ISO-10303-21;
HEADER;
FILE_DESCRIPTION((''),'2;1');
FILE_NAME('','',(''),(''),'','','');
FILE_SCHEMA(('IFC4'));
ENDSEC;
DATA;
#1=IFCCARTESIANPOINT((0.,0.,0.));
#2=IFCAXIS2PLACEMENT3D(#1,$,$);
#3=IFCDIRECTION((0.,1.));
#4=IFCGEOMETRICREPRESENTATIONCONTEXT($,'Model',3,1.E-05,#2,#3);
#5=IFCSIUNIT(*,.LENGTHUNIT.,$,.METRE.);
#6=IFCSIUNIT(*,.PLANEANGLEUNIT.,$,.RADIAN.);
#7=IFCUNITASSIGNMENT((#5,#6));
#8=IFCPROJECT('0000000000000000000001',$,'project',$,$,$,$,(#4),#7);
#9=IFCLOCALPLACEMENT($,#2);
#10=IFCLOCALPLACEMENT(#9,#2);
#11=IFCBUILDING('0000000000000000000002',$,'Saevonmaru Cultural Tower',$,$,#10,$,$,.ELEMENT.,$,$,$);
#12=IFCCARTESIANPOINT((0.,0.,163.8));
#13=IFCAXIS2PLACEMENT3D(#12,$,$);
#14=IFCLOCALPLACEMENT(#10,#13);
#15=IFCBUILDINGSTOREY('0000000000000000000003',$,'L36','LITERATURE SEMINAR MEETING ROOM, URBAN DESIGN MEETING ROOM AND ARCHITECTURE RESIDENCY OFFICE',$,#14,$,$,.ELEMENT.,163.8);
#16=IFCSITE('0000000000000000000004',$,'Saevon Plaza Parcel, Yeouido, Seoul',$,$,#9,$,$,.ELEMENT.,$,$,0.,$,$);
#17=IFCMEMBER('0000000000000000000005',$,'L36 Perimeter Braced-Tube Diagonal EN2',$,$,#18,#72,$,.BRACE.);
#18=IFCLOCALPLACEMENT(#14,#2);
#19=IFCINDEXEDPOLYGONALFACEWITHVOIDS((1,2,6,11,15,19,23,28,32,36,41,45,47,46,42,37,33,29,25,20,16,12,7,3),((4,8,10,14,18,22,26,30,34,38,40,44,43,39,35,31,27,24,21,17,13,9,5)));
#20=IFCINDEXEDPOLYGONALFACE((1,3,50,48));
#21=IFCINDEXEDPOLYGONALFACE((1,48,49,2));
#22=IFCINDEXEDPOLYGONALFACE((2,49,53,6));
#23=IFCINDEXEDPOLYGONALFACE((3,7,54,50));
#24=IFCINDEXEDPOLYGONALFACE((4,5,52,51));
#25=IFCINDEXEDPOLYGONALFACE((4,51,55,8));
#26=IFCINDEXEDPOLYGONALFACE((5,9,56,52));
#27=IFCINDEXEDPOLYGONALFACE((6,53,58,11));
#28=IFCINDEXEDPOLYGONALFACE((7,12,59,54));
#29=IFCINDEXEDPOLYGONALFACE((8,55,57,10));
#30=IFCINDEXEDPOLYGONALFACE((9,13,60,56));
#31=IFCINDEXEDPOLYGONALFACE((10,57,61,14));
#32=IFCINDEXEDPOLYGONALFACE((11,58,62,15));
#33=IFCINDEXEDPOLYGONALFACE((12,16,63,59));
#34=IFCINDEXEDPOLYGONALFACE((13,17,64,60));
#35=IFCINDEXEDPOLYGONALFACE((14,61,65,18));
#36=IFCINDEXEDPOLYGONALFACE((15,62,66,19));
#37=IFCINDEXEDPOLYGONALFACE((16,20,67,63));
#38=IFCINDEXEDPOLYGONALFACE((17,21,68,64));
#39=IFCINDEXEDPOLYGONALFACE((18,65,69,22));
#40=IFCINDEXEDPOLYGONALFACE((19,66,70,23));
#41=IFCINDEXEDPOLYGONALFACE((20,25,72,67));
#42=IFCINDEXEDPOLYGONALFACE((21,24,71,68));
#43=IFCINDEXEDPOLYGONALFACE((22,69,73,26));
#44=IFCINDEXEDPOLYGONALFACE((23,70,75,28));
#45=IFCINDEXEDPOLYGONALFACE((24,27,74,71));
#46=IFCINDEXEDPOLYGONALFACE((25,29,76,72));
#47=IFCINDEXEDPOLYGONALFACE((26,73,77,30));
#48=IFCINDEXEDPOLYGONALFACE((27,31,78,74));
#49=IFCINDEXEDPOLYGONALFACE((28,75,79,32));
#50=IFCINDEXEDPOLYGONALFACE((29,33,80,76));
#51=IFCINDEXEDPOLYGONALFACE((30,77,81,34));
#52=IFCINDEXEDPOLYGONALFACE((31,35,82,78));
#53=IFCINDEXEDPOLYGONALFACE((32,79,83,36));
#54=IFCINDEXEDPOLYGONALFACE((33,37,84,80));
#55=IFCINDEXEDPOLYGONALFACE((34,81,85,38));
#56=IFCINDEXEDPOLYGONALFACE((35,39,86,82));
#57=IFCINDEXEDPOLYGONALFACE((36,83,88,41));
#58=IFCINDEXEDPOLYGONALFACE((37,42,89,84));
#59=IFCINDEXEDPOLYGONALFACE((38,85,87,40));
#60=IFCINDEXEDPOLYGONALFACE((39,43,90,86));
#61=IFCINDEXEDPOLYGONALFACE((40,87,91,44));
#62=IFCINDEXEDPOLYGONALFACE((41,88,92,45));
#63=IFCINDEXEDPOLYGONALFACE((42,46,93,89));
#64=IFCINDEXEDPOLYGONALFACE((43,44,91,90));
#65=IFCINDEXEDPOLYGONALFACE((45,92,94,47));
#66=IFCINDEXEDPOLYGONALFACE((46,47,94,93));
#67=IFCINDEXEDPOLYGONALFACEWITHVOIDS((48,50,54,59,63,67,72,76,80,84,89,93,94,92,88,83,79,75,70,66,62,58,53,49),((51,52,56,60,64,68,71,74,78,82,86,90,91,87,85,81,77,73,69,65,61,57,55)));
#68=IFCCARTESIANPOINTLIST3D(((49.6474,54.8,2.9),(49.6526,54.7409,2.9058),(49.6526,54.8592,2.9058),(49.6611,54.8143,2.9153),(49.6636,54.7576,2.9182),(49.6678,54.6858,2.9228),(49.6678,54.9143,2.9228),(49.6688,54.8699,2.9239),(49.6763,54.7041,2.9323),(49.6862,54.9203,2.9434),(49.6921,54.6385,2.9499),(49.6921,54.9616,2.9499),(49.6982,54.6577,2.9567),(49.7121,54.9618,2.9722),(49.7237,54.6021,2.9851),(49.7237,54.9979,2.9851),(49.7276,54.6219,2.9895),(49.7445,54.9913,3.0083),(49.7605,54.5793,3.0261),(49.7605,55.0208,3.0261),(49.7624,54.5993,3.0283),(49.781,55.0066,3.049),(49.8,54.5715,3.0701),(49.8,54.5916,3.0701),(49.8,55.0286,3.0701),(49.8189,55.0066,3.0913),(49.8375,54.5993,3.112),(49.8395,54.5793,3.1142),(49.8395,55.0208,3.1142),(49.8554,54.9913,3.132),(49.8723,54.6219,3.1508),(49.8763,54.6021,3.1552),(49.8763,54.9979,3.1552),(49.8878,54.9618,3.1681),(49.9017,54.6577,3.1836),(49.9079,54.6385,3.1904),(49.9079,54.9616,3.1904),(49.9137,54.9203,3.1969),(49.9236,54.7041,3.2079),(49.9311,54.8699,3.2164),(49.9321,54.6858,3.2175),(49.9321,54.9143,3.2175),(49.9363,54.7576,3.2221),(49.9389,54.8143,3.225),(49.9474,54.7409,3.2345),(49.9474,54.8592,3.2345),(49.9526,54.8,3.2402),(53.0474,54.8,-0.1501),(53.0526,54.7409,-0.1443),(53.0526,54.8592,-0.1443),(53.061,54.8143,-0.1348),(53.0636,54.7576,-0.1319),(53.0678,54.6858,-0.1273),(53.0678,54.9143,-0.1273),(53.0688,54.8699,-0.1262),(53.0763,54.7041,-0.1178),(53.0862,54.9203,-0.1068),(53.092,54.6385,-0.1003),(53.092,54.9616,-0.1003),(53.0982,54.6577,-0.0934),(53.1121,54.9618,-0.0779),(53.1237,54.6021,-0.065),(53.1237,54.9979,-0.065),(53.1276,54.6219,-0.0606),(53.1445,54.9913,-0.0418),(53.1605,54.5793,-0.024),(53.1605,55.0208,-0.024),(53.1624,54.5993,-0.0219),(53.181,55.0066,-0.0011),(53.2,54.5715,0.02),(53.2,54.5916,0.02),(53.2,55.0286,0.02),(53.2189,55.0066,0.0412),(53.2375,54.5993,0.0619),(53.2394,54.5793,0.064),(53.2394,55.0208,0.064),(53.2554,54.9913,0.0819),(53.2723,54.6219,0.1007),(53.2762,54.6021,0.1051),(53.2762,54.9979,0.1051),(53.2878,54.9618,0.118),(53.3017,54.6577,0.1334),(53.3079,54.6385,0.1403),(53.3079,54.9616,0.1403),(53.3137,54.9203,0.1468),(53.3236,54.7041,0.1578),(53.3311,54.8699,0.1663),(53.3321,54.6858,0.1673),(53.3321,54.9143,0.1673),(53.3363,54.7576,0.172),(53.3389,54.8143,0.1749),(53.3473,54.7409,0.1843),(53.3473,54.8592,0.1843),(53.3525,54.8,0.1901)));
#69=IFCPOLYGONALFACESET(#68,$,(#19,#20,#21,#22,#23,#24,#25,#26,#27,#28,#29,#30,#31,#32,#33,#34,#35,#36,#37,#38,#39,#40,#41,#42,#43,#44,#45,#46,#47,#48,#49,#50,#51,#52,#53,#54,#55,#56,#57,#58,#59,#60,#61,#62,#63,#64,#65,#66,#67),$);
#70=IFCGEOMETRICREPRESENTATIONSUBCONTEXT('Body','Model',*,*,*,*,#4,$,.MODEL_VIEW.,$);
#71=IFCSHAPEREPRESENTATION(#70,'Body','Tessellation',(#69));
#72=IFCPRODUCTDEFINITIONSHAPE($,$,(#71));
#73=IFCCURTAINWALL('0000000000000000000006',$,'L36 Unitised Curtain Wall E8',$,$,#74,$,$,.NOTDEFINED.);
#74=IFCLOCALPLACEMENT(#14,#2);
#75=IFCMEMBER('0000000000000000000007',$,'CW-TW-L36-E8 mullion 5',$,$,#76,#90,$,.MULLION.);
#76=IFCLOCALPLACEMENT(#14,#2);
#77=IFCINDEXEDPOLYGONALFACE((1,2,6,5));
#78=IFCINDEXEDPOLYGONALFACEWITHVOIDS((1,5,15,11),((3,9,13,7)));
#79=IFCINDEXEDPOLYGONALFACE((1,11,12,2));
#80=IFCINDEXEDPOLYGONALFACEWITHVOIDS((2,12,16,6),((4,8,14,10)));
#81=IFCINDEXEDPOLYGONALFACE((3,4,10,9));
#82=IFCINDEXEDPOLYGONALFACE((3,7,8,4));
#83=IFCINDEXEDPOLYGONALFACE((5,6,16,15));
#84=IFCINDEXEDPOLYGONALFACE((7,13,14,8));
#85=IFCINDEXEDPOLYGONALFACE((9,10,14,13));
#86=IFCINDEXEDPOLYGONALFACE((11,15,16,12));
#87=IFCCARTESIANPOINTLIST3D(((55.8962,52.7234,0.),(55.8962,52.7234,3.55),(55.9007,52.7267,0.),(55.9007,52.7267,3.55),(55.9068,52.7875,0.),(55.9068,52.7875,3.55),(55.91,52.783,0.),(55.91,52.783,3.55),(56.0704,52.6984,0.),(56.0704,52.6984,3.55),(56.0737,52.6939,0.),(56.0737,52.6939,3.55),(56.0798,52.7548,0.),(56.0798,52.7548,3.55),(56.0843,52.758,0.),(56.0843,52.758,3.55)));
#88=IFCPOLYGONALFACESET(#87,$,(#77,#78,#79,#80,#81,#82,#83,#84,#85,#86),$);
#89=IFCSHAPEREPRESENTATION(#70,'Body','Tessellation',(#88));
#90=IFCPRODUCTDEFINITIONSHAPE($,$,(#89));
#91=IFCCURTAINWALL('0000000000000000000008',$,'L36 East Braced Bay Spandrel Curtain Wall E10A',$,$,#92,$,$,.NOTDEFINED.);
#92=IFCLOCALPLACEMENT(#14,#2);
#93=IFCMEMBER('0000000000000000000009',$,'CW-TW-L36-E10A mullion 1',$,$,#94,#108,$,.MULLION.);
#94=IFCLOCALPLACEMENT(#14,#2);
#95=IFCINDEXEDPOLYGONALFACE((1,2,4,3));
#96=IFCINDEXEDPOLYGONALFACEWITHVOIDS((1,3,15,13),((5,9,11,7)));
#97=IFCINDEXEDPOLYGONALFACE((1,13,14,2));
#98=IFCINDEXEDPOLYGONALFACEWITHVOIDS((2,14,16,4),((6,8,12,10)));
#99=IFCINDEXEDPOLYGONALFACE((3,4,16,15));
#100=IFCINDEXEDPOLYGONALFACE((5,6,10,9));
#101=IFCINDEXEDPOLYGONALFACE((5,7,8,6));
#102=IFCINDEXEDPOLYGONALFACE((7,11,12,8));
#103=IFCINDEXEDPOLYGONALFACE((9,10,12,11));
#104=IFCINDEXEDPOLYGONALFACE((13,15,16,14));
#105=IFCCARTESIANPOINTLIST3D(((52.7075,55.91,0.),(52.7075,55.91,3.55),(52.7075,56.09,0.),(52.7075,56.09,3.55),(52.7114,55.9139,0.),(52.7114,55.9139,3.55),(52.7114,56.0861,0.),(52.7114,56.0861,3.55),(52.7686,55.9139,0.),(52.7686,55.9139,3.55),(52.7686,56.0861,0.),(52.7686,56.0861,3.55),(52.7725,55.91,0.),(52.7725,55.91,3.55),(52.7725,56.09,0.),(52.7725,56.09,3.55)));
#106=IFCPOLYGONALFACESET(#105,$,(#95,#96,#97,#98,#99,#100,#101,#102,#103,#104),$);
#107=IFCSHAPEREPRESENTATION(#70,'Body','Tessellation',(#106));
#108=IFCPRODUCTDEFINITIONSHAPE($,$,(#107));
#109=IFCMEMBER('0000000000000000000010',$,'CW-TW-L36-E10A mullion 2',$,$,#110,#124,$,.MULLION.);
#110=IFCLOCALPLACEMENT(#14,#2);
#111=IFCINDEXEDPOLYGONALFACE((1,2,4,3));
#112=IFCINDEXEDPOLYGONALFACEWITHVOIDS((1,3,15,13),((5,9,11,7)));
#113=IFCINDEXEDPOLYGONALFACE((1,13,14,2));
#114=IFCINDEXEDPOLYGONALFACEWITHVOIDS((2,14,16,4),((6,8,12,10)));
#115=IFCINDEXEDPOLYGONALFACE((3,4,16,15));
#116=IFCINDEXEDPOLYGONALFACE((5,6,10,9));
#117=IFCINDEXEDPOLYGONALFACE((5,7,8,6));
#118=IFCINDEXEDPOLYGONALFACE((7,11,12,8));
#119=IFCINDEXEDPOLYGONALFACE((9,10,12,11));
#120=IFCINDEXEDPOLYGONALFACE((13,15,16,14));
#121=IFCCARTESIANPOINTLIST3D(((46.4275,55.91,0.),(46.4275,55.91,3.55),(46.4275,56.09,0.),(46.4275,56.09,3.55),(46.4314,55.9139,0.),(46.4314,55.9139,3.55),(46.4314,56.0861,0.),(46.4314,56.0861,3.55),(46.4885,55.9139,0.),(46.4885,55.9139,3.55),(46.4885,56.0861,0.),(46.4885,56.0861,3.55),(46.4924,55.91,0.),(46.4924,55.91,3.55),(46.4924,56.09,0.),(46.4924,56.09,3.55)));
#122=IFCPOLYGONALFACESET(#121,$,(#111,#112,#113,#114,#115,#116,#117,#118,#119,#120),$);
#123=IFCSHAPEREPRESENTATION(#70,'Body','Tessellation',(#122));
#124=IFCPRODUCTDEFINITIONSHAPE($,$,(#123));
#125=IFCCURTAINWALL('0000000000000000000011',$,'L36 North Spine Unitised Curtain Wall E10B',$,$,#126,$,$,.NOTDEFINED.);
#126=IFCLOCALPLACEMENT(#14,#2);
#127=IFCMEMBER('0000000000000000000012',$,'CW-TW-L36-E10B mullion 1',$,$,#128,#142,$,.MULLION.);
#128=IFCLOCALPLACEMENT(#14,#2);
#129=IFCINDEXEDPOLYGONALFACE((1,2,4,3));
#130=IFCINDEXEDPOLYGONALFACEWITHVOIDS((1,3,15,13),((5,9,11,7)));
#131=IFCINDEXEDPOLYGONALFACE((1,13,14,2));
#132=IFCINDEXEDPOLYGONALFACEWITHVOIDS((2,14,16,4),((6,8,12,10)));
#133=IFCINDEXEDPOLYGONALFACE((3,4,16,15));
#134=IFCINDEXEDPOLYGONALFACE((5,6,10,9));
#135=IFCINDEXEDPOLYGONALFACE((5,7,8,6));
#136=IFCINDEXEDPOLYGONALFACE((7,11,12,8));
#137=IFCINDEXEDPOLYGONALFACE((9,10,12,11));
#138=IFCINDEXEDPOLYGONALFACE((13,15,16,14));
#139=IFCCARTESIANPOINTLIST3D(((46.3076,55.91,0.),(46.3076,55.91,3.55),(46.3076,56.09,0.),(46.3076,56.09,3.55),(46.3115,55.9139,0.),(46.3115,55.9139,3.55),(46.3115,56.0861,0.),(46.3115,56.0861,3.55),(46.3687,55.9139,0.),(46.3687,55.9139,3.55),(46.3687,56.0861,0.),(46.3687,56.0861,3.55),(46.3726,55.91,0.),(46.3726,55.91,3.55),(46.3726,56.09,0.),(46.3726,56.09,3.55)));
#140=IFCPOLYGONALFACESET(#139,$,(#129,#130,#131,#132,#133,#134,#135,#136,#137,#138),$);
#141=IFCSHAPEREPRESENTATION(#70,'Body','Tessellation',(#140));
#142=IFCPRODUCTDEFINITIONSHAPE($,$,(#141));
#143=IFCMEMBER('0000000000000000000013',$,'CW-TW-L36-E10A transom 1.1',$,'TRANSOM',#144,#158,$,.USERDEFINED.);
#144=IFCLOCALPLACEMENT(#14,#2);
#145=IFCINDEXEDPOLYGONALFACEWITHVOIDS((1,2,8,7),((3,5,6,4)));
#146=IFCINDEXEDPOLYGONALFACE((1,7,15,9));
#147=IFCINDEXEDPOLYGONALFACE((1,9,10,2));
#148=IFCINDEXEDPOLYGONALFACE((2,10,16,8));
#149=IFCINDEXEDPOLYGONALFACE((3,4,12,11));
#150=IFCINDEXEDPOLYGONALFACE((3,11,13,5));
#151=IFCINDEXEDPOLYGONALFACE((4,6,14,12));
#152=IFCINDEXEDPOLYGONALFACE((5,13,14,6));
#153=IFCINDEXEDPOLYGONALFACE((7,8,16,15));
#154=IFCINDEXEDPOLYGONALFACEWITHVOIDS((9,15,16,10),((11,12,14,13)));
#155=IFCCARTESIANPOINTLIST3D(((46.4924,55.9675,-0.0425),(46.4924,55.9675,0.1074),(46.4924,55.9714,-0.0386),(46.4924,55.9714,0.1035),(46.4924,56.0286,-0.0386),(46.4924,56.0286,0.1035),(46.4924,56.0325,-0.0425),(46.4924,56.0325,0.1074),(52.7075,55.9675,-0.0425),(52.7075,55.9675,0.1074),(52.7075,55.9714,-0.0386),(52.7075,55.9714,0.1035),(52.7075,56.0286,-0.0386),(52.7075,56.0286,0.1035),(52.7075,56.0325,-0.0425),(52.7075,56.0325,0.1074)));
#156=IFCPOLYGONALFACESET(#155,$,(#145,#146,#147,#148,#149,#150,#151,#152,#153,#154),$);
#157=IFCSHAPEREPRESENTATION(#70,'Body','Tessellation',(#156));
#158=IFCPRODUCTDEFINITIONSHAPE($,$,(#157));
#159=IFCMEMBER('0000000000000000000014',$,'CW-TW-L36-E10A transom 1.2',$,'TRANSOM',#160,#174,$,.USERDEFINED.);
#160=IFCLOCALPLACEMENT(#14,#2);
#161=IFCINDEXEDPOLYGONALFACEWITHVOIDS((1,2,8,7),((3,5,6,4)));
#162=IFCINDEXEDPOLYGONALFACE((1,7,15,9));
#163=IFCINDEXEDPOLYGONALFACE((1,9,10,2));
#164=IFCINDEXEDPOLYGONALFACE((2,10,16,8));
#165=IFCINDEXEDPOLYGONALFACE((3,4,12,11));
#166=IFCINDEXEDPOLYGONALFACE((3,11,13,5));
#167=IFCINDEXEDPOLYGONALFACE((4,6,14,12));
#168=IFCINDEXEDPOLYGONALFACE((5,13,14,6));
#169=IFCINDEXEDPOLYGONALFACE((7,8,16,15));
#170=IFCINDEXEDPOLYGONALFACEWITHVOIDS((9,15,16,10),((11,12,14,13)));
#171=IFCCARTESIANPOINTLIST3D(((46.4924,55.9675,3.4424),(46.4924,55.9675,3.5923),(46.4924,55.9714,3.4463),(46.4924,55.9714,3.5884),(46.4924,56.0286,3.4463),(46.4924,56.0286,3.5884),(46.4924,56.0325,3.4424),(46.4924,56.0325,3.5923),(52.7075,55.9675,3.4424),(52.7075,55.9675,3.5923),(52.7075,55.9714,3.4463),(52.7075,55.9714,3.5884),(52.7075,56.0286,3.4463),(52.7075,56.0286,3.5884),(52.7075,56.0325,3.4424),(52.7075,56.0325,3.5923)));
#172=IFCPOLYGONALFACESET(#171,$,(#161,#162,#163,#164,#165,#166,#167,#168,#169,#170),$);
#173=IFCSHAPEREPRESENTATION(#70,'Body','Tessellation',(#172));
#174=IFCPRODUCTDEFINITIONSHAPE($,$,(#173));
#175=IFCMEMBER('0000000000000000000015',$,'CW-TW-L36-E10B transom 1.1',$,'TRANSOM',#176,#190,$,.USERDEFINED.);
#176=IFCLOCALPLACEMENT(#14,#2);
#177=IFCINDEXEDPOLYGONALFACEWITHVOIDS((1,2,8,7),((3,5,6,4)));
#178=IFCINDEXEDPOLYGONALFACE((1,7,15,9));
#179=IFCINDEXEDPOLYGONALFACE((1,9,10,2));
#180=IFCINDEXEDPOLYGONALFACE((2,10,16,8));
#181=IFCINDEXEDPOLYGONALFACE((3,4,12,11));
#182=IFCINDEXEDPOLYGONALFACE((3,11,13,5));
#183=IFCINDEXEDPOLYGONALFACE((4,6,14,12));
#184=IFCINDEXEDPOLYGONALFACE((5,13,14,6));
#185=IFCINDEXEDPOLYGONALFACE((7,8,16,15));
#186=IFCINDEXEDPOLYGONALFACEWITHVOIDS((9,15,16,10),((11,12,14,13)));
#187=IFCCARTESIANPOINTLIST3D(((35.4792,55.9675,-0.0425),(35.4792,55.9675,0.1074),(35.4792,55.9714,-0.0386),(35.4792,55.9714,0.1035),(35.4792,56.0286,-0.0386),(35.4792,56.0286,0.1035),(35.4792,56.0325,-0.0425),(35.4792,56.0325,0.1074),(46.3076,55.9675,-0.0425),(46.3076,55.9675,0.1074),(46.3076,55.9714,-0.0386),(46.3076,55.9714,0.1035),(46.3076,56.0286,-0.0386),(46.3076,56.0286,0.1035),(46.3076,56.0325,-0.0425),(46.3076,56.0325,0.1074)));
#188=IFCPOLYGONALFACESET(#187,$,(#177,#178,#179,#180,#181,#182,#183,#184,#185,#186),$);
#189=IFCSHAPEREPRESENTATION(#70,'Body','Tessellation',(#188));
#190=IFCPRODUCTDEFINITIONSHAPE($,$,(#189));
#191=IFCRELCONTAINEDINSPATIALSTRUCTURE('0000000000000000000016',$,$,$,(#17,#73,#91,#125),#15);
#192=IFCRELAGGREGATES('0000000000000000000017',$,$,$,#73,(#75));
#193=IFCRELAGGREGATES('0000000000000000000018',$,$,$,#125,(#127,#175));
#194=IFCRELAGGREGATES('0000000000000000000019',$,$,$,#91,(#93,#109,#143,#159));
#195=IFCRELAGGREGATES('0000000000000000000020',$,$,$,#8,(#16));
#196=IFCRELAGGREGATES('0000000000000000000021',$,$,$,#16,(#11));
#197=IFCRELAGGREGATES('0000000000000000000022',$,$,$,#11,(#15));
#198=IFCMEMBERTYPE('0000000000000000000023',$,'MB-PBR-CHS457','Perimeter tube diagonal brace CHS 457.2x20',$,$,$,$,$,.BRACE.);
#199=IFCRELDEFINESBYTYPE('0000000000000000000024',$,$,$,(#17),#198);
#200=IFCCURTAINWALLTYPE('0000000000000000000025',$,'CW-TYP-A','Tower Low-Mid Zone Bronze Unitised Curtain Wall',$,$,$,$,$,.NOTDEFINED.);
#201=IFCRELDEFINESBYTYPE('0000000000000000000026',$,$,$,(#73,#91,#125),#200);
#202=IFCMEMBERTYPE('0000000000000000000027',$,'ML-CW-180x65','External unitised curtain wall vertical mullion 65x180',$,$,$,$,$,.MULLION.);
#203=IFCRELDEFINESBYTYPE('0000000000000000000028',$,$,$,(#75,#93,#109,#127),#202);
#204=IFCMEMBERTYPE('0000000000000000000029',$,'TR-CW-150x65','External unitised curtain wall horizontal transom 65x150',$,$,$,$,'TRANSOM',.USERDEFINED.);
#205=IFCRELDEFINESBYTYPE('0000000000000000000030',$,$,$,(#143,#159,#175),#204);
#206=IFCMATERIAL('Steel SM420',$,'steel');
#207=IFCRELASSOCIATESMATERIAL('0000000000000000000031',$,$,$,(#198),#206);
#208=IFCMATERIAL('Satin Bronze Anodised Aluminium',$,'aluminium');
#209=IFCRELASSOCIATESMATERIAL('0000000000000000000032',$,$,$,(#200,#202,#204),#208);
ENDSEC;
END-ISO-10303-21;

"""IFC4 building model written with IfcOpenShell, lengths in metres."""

from ifc_helpers import new_model, si_unit, direction, frame, origin, origin_2d, place, context, subcontext, project, spatial, hollow_rectangle, hollow_circle, extrude, material, material_profile, profile_set, type_object, element, aggregate, save


model = new_model("IFC4")

# Units and contexts
model_context = context("Model", 3, precision=1e-05, world=origin(), true_north=direction((0.0, 1.0)))
body_context = subcontext(model_context, "Body", "Model", "MODEL_VIEW")
ifc_project = project(units=[si_unit("LENGTHUNIT", "METRE"), si_unit("PLANEANGLEUNIT", "RADIAN")], contexts=[model_context])

# Site, building, storey
site_placement = place(None, origin())
site = spatial("IfcSite", under=ifc_project, at=site_placement, Name="Saevon Plaza Parcel, Yeouido, Seoul", CompositionType="ELEMENT", RefElevation=0.0)
building_placement = place(site_placement, origin())
building = spatial("IfcBuilding", under=site, at=building_placement, Name="Saevonmaru Cultural Tower", CompositionType="ELEMENT")
storey_placement = place(building_placement, frame((0.0, 0.0, 163.8)))
storey = spatial("IfcBuildingStorey", under=building, at=storey_placement, Name="L36", Description="LITERATURE SEMINAR MEETING ROOM, URBAN DESIGN MEETING ROOM AND ARCHITECTURE RESIDENCY OFFICE", CompositionType="ELEMENT", Elevation=163.8)

# Shared definitions
ifc_material_1 = material(Name="Steel SM420", Category="steel")

# Member
ifc_material_profile_1 = material_profile(ifc_material_1, hollow_circle(Radius=0.2285, WallThickness=0.02, at=origin_2d()), Name="CHS-457.2x20")
ifc_profile_set_1 = profile_set([ifc_material_profile_1], Name="Steel SM420")
member_type_1 = type_object("IfcMemberType", Name="MB-PBR-CHS457", Description="Perimeter tube diagonal brace CHS 457.2x20", PredefinedType="BRACE", material=ifc_profile_set_1)
for number, where, z_axis, x_axis, name in (
    (1, (53.2, 54.8, 0.02), (-0.744367, 0.0, 0.667771), (0.0, -1.0, 0.0), "L36 Perimeter Braced-Tube Diagonal EN2"),
):
    element("IfcMember", number, at=place(storey_placement, frame(where, z_axis=z_axis, x_axis=x_axis)), inside=storey, type_object=member_type_1, Name=name, PredefinedType="BRACE", context=body_context, shape_type="SweptSolid", body=[
        extrude(hollow_circle(Radius=0.2285, WallThickness=0.02, at=origin_2d()), origin(), (0.0, 0.0, 1.0), 4.5676),
    ])

# Curtain wall, member
ifc_material_2 = material(Name="Satin Bronze Anodised Aluminium", Category="aluminium")
curtain_wall_type = type_object("IfcCurtainWallType", Name="CW-TYP-A", Description="Tower Low-Mid Zone Bronze Unitised Curtain Wall", PredefinedType="NOTDEFINED", material=ifc_material_2)
curtain_wall_1_placement = place(storey_placement, origin())
curtain_wall_1 = element("IfcCurtainWall", 2, at=curtain_wall_1_placement, inside=storey, type_object=curtain_wall_type, Name="L36 Unitised Curtain Wall E8", PredefinedType="NOTDEFINED")
ifc_material_profile_2 = material_profile(ifc_material_2, hollow_rectangle(XDim=0.0649, YDim=0.1799, WallThickness=0.0039, at=origin_2d()), Name="ALU-MULL-180x65x4")
ifc_profile_set_2 = profile_set([ifc_material_profile_2], Name="Satin Bronze Anodised Aluminium")
member_type_2 = type_object("IfcMemberType", Name="ML-CW-180x65", Description="External unitised curtain wall vertical mullion 65x180", PredefinedType="MULLION", material=ifc_profile_set_2)
member_1_placement = place(storey_placement, frame((55.9902, 52.7407, 0.0), z_axis=(0.0, 0.0, 1.0), x_axis=(0.163999, 0.986461, 0.0)))
member_1 = element("IfcMember", 3, at=member_1_placement, type_object=member_type_2, Name="CW-TW-L36-E8 mullion 5", PredefinedType="MULLION", context=body_context, shape_type="SweptSolid", body=[
    extrude(hollow_rectangle(XDim=0.0649, YDim=0.1799, WallThickness=0.0039, at=origin_2d()), origin(), (0.0, 0.0, 1.0), 3.55),
])
aggregate(curtain_wall_1, [member_1])

# Curtain wall, members
curtain_wall_2_placement = place(storey_placement, origin())
curtain_wall_2 = element("IfcCurtainWall", 4, at=curtain_wall_2_placement, inside=storey, type_object=curtain_wall_type, Name="L36 East Braced Bay Spandrel Curtain Wall E10A", PredefinedType="NOTDEFINED")
member_2_placement = place(storey_placement, frame((52.74, 56.0, 0.0), z_axis=(0.0, 0.0, 1.0), x_axis=(-1.0, 0.0, 0.0)))
member_2 = element("IfcMember", 5, at=member_2_placement, type_object=member_type_2, Name="CW-TW-L36-E10A mullion 1", PredefinedType="MULLION", context=body_context, shape_type="SweptSolid", body=[
    extrude(hollow_rectangle(XDim=0.0649, YDim=0.1799, WallThickness=0.0039, at=origin_2d()), origin(), (0.0, 0.0, 1.0), 3.55),
])
member_3_placement = place(storey_placement, frame((46.46, 56.0, 0.0), z_axis=(0.0, 0.0, 1.0), x_axis=(-1.0, 0.0, 0.0)))
member_3 = element("IfcMember", 6, at=member_3_placement, type_object=member_type_2, Name="CW-TW-L36-E10A mullion 2", PredefinedType="MULLION", context=body_context, shape_type="SweptSolid", body=[
    extrude(hollow_rectangle(XDim=0.0649, YDim=0.1799, WallThickness=0.0039, at=origin_2d()), origin(), (0.0, 0.0, 1.0), 3.55),
])

# Curtain wall, member
curtain_wall_3_placement = place(storey_placement, origin())
curtain_wall_3 = element("IfcCurtainWall", 7, at=curtain_wall_3_placement, inside=storey, type_object=curtain_wall_type, Name="L36 North Spine Unitised Curtain Wall E10B", PredefinedType="NOTDEFINED")
member_4_placement = place(storey_placement, frame((46.3401, 56.0, 0.0), z_axis=(0.0, 0.0, 1.0), x_axis=(-1.0, 0.0, 0.0)))
member_4 = element("IfcMember", 8, at=member_4_placement, type_object=member_type_2, Name="CW-TW-L36-E10B mullion 1", PredefinedType="MULLION", context=body_context, shape_type="SweptSolid", body=[
    extrude(hollow_rectangle(XDim=0.0649, YDim=0.1799, WallThickness=0.0039, at=origin_2d()), origin(), (0.0, 0.0, 1.0), 3.55),
])

# Members
ifc_material_profile_3 = material_profile(ifc_material_2, hollow_rectangle(XDim=0.0649, YDim=0.1499, WallThickness=0.0039, at=origin_2d()), Name="ALU-TRAN-150x65x4")
ifc_profile_set_3 = profile_set([ifc_material_profile_3], Name="Satin Bronze Anodised Aluminium")
member_type_3 = type_object("IfcMemberType", Name="TR-CW-150x65", Description="External unitised curtain wall horizontal transom 65x150", ElementType="TRANSOM", PredefinedType="USERDEFINED", material=ifc_profile_set_3)
member_5_placement = place(storey_placement, frame((52.7075, 56.0, 0.0325), z_axis=(-1.0, 0.0, 0.0), x_axis=(0.0, -1.0, 0.0)))
member_5 = element("IfcMember", 9, at=member_5_placement, type_object=member_type_3, Name="CW-TW-L36-E10A transom 1.1", ObjectType="TRANSOM", PredefinedType="USERDEFINED", context=body_context, shape_type="SweptSolid", body=[
    extrude(hollow_rectangle(XDim=0.0649, YDim=0.1499, WallThickness=0.0039, at=origin_2d()), origin(), (0.0, 0.0, 1.0), 6.2151),
])
member_6_placement = place(storey_placement, frame((52.7075, 56.0, 3.5173), z_axis=(-1.0, 0.0, 0.0), x_axis=(0.0, -1.0, 0.0)))
member_6 = element("IfcMember", 10, at=member_6_placement, type_object=member_type_3, Name="CW-TW-L36-E10A transom 1.2", ObjectType="TRANSOM", PredefinedType="USERDEFINED", context=body_context, shape_type="SweptSolid", body=[
    extrude(hollow_rectangle(XDim=0.0649, YDim=0.1499, WallThickness=0.0039, at=origin_2d()), origin(), (0.0, 0.0, 1.0), 6.2151),
])
member_7_placement = place(storey_placement, frame((46.3076, 56.0, 0.0325), z_axis=(-1.0, 0.0, 0.0), x_axis=(0.0, -1.0, 0.0)))
member_7 = element("IfcMember", 11, at=member_7_placement, type_object=member_type_3, Name="CW-TW-L36-E10B transom 1.1", ObjectType="TRANSOM", PredefinedType="USERDEFINED", context=body_context, shape_type="SweptSolid", body=[
    extrude(hollow_rectangle(XDim=0.0649, YDim=0.1499, WallThickness=0.0039, at=origin_2d()), origin(), (0.0, 0.0, 1.0), 10.8284),
])
aggregate(curtain_wall_3, [member_4, member_7])

aggregate(curtain_wall_2, [member_2, member_3, member_5, member_6])

save(model, "model.ifc")
